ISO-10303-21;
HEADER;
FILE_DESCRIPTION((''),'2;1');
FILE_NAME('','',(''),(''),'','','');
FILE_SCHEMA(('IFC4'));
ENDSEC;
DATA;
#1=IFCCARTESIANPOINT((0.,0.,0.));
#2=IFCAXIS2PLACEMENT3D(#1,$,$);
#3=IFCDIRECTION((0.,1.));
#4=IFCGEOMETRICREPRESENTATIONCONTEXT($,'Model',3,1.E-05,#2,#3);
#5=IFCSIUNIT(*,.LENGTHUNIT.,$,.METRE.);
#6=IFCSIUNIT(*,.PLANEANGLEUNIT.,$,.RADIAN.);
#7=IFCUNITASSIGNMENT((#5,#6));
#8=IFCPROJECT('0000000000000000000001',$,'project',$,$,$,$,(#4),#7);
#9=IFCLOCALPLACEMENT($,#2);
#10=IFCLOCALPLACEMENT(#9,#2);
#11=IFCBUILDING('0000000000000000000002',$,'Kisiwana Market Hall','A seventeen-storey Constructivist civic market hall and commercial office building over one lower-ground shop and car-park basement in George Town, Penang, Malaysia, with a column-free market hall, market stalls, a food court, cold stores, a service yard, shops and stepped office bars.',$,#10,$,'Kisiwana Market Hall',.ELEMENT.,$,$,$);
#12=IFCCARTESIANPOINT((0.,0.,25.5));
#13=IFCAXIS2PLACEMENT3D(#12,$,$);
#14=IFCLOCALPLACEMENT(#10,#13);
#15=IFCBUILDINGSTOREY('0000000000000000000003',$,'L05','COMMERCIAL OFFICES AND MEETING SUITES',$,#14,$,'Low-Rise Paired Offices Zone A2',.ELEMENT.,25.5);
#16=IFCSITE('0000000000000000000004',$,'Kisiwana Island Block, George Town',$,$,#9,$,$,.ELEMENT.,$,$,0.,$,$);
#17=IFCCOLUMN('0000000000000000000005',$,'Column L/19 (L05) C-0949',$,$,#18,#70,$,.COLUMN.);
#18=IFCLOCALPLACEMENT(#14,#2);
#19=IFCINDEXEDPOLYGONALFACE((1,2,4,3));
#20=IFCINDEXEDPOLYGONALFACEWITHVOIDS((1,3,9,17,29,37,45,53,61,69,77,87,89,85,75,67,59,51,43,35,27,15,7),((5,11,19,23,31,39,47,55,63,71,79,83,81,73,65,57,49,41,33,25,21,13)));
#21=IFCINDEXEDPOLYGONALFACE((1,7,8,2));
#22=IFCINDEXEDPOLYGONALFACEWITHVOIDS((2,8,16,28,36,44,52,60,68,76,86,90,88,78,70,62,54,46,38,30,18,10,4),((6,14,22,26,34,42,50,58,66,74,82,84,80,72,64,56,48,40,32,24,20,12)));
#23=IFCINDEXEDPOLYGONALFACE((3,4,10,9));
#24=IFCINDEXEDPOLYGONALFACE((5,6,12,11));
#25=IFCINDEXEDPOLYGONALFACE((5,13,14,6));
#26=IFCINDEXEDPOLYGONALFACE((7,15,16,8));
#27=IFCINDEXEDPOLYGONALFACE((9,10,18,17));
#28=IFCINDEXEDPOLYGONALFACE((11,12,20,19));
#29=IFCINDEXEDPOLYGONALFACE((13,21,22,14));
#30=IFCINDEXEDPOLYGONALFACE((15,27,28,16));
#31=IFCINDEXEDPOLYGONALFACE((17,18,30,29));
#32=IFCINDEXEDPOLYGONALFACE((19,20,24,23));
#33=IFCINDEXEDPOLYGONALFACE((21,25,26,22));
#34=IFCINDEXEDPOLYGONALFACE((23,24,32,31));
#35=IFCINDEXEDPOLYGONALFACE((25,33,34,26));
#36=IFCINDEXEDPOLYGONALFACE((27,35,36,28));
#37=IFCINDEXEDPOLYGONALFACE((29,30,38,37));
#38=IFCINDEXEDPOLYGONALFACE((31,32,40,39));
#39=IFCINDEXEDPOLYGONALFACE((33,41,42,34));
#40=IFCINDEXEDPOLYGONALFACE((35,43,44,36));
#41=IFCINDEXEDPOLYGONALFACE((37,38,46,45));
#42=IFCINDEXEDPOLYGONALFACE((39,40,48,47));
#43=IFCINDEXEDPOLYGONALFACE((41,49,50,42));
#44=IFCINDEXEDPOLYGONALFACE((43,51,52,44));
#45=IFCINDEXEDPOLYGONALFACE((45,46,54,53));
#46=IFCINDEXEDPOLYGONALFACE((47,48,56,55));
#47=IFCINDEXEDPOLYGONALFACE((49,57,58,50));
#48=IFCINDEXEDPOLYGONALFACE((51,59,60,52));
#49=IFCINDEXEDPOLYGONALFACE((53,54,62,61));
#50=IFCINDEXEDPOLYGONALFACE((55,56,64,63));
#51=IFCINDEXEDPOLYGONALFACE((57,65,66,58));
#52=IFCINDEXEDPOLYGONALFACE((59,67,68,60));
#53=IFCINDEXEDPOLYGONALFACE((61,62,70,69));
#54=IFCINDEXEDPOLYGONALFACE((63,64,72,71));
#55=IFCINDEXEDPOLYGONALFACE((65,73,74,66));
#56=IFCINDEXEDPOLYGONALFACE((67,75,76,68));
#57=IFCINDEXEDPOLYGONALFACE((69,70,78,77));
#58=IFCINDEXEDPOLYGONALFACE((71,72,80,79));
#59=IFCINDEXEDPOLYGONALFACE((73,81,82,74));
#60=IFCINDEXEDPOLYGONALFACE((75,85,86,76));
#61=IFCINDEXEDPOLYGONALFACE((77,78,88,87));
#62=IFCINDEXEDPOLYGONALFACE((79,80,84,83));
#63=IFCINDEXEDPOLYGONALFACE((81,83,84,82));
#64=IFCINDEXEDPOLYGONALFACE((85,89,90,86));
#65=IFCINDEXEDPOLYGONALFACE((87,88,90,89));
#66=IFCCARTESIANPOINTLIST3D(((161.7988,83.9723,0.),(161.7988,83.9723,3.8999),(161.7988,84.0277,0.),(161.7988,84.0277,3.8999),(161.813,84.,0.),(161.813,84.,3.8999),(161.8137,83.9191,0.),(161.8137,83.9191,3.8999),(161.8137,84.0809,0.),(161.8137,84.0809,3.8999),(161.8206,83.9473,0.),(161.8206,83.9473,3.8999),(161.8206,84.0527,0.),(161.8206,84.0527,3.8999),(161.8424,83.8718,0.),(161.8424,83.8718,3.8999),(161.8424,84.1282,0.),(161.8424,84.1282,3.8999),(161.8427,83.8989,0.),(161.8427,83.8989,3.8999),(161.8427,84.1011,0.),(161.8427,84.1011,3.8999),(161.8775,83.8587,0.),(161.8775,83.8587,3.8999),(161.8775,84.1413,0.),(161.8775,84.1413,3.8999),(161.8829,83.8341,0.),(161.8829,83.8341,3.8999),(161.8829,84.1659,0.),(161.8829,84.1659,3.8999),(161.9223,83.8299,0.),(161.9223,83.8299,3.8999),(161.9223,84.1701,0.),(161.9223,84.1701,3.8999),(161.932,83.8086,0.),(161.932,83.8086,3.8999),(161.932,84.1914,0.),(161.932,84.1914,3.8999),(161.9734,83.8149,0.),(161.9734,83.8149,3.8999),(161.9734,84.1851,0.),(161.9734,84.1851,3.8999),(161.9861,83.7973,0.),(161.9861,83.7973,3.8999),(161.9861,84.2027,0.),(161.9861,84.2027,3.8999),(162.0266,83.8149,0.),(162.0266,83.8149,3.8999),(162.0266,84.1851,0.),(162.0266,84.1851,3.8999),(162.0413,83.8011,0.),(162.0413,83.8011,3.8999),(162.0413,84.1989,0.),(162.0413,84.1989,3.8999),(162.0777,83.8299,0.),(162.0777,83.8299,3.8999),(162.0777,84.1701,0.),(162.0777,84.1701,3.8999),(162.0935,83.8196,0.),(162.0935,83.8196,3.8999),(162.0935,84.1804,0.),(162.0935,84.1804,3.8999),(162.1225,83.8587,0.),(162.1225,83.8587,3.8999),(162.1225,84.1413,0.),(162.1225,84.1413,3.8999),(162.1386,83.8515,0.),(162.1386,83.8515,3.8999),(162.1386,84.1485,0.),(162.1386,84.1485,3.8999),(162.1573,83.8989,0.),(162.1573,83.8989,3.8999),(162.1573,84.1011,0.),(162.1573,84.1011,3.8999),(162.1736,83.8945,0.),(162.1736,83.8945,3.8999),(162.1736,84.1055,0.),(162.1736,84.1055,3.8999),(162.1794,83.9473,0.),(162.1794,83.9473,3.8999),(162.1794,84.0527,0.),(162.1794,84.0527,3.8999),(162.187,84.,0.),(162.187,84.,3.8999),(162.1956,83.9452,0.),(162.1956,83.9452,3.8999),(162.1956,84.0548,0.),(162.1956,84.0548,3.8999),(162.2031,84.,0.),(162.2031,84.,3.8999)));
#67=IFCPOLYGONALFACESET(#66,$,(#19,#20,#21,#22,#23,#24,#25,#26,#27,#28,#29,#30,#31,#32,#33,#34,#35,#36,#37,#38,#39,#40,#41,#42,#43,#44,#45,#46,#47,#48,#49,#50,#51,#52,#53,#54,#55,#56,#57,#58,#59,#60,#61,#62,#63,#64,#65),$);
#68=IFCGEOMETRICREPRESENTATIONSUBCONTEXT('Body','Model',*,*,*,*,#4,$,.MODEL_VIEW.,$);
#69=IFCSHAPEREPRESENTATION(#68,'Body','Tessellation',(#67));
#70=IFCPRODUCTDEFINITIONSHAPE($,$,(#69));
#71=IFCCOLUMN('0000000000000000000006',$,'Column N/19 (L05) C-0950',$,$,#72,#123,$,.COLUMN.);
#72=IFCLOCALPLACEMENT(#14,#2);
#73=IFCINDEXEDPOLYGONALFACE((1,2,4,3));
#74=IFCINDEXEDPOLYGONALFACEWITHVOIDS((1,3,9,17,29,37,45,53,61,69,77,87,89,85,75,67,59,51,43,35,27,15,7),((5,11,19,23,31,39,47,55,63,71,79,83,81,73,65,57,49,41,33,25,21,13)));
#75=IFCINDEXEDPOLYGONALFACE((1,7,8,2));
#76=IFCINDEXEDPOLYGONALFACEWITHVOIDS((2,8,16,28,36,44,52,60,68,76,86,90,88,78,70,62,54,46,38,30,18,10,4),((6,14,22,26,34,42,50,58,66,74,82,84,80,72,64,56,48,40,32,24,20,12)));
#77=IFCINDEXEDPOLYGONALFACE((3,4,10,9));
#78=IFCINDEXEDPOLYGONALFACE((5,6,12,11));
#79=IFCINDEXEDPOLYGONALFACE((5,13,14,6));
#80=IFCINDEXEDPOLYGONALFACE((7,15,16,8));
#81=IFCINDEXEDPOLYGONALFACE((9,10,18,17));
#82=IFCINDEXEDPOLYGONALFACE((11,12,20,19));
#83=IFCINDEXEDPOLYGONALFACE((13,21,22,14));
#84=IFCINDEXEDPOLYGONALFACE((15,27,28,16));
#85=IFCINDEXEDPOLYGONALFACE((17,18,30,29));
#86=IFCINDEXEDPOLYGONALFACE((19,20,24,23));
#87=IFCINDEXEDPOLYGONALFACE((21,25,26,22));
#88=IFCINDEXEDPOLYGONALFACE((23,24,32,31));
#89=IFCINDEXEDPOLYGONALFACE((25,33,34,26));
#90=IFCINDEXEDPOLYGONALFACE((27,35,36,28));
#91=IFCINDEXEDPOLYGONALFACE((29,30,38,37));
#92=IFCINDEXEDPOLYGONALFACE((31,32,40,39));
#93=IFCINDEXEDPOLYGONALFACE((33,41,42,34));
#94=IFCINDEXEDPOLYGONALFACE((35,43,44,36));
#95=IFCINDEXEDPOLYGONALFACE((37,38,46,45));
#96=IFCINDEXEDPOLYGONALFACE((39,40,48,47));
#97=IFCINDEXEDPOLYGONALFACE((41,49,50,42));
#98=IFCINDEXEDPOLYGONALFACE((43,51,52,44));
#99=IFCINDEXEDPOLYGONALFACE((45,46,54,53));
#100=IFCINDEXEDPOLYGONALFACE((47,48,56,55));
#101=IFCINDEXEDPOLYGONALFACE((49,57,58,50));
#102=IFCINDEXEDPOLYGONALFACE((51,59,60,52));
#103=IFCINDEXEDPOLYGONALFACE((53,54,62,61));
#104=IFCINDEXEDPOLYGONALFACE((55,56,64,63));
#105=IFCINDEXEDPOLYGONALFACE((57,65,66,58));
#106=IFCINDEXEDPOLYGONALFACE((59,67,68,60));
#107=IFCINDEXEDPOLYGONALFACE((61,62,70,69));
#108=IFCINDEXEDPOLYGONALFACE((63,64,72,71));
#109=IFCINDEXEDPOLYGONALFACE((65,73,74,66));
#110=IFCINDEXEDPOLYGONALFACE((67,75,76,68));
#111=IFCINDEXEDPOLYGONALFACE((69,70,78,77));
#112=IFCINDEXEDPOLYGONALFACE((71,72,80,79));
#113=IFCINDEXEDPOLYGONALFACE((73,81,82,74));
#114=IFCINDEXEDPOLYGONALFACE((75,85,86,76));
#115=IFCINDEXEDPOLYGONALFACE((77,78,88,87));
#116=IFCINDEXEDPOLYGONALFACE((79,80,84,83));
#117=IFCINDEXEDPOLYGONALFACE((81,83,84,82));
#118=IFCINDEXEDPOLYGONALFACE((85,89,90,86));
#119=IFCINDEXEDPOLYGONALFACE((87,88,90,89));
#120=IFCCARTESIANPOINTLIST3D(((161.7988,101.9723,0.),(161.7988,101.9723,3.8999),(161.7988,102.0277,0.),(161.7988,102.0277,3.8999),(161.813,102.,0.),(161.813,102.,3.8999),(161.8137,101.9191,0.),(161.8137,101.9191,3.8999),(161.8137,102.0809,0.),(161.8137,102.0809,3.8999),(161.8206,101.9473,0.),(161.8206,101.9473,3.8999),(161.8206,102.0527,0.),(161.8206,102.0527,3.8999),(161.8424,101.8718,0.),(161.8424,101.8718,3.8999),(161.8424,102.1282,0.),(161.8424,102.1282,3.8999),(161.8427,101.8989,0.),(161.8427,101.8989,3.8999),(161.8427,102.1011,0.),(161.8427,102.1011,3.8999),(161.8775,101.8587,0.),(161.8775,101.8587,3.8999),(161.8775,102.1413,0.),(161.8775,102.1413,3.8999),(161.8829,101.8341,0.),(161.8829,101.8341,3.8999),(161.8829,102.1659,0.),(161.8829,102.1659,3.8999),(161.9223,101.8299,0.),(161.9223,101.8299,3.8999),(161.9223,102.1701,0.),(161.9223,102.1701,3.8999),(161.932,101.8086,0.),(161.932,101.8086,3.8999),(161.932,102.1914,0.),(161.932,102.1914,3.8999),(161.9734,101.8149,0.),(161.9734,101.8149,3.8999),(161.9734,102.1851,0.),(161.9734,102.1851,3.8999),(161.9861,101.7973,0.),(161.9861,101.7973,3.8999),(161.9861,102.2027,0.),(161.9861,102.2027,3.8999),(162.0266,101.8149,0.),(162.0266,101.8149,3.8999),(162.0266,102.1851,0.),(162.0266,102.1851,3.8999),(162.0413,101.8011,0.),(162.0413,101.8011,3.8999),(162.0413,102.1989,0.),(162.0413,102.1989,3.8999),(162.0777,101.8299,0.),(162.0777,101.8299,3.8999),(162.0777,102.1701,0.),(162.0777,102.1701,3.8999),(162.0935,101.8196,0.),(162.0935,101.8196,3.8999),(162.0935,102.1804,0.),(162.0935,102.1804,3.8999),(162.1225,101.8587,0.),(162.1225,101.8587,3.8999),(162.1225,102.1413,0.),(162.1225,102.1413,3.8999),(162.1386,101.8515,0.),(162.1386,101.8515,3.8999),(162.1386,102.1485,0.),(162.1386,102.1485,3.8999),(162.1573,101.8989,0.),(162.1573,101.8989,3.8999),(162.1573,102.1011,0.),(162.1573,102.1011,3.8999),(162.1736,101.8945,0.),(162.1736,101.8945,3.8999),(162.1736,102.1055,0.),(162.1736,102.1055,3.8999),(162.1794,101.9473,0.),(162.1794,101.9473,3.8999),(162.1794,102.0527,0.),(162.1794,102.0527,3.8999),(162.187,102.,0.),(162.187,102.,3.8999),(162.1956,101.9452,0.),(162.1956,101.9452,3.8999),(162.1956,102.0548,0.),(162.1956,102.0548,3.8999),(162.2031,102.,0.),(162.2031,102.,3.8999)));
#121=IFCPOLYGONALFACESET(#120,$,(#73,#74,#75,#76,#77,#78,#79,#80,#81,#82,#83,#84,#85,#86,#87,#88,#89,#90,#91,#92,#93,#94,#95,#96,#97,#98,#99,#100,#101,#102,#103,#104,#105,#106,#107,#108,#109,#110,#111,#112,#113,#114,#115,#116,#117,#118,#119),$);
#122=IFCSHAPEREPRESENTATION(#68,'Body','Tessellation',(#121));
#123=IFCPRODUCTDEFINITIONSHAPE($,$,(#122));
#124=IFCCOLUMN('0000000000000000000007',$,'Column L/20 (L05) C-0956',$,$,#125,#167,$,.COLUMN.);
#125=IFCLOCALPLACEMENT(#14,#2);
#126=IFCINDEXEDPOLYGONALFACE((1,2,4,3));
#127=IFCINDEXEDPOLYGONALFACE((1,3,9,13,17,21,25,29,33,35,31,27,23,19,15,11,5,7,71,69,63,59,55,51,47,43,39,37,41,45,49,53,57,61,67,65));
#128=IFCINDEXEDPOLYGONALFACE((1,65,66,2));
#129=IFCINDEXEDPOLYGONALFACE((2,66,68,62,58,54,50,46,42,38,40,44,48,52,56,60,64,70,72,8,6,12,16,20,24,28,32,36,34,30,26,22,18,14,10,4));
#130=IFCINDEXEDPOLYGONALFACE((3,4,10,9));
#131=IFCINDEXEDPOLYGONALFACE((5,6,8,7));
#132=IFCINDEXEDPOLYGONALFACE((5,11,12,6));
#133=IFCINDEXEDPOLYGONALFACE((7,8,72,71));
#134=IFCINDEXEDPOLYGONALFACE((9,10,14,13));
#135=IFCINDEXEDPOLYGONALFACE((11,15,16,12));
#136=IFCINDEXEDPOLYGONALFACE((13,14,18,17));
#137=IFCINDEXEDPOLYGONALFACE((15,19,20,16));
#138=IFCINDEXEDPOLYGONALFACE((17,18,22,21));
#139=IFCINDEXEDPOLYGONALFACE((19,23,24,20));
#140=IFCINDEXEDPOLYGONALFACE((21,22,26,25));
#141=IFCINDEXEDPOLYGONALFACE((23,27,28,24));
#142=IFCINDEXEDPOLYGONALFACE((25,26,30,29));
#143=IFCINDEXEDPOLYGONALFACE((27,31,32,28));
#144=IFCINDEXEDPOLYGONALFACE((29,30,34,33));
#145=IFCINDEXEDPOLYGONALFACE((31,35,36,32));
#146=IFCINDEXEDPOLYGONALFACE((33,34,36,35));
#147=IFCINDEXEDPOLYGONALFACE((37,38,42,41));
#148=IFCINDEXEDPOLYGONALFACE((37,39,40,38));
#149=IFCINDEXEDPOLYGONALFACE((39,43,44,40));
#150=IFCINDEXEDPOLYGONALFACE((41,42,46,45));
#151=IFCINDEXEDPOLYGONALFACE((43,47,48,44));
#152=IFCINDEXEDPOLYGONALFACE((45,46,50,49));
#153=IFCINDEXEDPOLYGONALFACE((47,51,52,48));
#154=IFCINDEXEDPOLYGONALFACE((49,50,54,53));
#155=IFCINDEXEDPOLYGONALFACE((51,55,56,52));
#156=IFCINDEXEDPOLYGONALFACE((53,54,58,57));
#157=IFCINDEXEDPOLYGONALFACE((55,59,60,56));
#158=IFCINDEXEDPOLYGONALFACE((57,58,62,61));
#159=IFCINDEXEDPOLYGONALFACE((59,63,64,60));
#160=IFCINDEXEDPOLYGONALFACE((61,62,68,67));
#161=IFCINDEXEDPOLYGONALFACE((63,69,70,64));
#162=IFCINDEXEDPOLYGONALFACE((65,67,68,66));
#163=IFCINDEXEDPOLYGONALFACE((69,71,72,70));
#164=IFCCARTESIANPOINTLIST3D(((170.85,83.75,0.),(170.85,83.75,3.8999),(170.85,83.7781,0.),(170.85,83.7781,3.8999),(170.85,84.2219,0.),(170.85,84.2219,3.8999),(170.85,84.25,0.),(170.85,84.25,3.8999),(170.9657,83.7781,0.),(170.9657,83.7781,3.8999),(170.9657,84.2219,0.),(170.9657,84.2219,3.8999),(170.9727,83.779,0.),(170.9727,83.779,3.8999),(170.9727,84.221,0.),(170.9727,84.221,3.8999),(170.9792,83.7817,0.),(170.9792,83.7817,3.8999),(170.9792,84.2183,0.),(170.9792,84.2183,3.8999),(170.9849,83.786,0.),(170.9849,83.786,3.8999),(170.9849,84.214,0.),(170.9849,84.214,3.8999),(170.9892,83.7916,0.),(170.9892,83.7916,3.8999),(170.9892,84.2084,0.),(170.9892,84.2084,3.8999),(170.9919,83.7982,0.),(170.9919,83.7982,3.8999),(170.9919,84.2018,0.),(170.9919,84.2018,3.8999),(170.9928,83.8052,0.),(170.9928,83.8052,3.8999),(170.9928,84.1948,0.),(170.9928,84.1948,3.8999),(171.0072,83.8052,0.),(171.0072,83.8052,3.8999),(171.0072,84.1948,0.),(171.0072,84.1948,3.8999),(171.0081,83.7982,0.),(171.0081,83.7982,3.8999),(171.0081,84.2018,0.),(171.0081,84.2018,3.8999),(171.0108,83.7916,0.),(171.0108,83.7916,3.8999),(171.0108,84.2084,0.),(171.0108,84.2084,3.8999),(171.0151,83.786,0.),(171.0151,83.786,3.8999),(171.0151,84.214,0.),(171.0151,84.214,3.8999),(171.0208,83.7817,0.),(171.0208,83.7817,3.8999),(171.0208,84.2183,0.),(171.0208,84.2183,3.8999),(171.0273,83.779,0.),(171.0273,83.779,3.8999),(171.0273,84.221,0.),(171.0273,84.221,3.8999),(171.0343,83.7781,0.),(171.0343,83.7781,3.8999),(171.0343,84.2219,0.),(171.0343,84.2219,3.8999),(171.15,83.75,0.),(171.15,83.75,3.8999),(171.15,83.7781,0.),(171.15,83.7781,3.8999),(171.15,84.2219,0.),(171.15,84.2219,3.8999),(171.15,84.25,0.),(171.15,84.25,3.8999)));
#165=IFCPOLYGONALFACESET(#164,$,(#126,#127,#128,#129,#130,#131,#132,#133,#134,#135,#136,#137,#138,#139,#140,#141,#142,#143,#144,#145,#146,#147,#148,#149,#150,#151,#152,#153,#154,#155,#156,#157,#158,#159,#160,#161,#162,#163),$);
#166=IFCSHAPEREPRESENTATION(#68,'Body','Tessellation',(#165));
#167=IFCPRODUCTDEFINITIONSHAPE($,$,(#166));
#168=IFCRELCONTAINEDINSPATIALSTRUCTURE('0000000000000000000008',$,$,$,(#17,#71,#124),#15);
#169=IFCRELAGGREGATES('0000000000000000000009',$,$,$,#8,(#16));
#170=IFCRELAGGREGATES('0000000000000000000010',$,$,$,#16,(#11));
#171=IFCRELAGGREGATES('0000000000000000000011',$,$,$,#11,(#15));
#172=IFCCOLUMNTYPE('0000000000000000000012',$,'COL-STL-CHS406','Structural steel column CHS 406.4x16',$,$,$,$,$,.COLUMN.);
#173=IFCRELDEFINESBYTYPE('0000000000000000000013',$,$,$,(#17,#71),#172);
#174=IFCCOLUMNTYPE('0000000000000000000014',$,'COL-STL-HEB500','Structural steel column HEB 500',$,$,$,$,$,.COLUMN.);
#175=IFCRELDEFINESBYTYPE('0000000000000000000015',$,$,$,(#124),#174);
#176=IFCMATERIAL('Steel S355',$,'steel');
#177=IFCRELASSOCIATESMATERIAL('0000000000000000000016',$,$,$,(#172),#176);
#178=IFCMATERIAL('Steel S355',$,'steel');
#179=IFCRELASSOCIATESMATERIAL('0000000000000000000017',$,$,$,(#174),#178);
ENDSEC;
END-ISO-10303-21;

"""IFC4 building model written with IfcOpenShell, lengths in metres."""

from ifc_helpers import new_model, si_unit, direction, frame, origin, origin_2d, place, context, subcontext, project, spatial, hollow_circle, i_section, extrude, material, material_profile, profile_set, type_object, element, save


model = new_model("IFC4")

# Units and contexts
model_context = context("Model", 3, precision=1e-05, world=origin(), true_north=direction((0.0, 1.0)))
body_context = subcontext(model_context, "Body", "Model", "MODEL_VIEW")
ifc_project = project(units=[si_unit("LENGTHUNIT", "METRE"), si_unit("PLANEANGLEUNIT", "RADIAN")], contexts=[model_context])

# Site, building, storey
site_placement = place(None, origin())
site = spatial("IfcSite", under=ifc_project, at=site_placement, Name="Kisiwana Island Block, George Town", CompositionType="ELEMENT", RefElevation=0.0)
building_placement = place(site_placement, origin())
building = spatial("IfcBuilding", under=site, at=building_placement, Name="Kisiwana Market Hall", Description="A seventeen-storey Constructivist civic market hall and commercial office building over one lower-ground shop and car-park basement in George Town, Penang, Malaysia, with a column-free market hall, market stalls, a food court, cold stores, a service yard, shops and stepped office bars.", LongName="Kisiwana Market Hall", CompositionType="ELEMENT")
storey_placement = place(building_placement, frame((0.0, 0.0, 25.5)))
storey = spatial("IfcBuildingStorey", under=building, at=storey_placement, Name="L05", Description="COMMERCIAL OFFICES AND MEETING SUITES", LongName="Low-Rise Paired Offices Zone A2", CompositionType="ELEMENT", Elevation=25.5)

# Columns
ifc_material_1 = material(Name="Steel S355", Category="steel")
ifc_material_profile_1 = material_profile(ifc_material_1, hollow_circle(Radius=0.2031, WallThickness=0.0161, at=origin_2d()), Name="CHS 406.4x16")
ifc_profile_set_1 = profile_set([ifc_material_profile_1], Name="Steel S355")
column_type_1 = type_object("IfcColumnType", Name="COL-STL-CHS406", Description="Structural steel column CHS 406.4x16", PredefinedType="COLUMN", material=ifc_profile_set_1)
for number, where, z_axis, x_axis, name in (
    (1, (162.0, 84.0, 0.0), (0.0, 0.0, 1.0), (1.0, 0.0, 0.0), "Column L/19 (L05) C-0949"),
    (2, (162.0, 102.0, 0.0), (0.0, 0.0, 1.0), (1.0, 0.0, 0.0), "Column N/19 (L05) C-0950"),
):
    element("IfcColumn", number, at=place(storey_placement, frame(where, z_axis=z_axis, x_axis=x_axis)), inside=storey, type_object=column_type_1, Name=name, PredefinedType="COLUMN", context=body_context, shape_type="SweptSolid", body=[
        extrude(hollow_circle(Radius=0.2031, WallThickness=0.0161, at=origin_2d()), origin(), (0.0, 0.0, 1.0), 3.8999),
    ])
ifc_material_2 = material(Name="Steel S355", Category="steel")
ifc_material_profile_2 = material_profile(ifc_material_2, i_section(OverallWidth=0.3, OverallDepth=0.5, WebThickness=0.0144, FlangeThickness=0.0281, FilletRadius=0.0271, at=origin_2d()), Name="HEB 500")
ifc_profile_set_2 = profile_set([ifc_material_profile_2], Name="Steel S355")
column_type_2 = type_object("IfcColumnType", Name="COL-STL-HEB500", Description="Structural steel column HEB 500", PredefinedType="COLUMN", material=ifc_profile_set_2)
for number, where, z_axis, x_axis, name in (
    (3, (171.0, 84.0, 0.0), (0.0, 0.0, 1.0), (1.0, 0.0, 0.0), "Column L/20 (L05) C-0956"),
):
    element("IfcColumn", number, at=place(storey_placement, frame(where, z_axis=z_axis, x_axis=x_axis)), inside=storey, type_object=column_type_2, Name=name, PredefinedType="COLUMN", context=body_context, shape_type="SweptSolid", body=[
        extrude(i_section(OverallWidth=0.3, OverallDepth=0.5, WebThickness=0.0144, FlangeThickness=0.0281, FilletRadius=0.0271, at=origin_2d()), origin(), (0.0, 0.0, 1.0), 3.8999),
    ])

save(model, "model.ifc")
